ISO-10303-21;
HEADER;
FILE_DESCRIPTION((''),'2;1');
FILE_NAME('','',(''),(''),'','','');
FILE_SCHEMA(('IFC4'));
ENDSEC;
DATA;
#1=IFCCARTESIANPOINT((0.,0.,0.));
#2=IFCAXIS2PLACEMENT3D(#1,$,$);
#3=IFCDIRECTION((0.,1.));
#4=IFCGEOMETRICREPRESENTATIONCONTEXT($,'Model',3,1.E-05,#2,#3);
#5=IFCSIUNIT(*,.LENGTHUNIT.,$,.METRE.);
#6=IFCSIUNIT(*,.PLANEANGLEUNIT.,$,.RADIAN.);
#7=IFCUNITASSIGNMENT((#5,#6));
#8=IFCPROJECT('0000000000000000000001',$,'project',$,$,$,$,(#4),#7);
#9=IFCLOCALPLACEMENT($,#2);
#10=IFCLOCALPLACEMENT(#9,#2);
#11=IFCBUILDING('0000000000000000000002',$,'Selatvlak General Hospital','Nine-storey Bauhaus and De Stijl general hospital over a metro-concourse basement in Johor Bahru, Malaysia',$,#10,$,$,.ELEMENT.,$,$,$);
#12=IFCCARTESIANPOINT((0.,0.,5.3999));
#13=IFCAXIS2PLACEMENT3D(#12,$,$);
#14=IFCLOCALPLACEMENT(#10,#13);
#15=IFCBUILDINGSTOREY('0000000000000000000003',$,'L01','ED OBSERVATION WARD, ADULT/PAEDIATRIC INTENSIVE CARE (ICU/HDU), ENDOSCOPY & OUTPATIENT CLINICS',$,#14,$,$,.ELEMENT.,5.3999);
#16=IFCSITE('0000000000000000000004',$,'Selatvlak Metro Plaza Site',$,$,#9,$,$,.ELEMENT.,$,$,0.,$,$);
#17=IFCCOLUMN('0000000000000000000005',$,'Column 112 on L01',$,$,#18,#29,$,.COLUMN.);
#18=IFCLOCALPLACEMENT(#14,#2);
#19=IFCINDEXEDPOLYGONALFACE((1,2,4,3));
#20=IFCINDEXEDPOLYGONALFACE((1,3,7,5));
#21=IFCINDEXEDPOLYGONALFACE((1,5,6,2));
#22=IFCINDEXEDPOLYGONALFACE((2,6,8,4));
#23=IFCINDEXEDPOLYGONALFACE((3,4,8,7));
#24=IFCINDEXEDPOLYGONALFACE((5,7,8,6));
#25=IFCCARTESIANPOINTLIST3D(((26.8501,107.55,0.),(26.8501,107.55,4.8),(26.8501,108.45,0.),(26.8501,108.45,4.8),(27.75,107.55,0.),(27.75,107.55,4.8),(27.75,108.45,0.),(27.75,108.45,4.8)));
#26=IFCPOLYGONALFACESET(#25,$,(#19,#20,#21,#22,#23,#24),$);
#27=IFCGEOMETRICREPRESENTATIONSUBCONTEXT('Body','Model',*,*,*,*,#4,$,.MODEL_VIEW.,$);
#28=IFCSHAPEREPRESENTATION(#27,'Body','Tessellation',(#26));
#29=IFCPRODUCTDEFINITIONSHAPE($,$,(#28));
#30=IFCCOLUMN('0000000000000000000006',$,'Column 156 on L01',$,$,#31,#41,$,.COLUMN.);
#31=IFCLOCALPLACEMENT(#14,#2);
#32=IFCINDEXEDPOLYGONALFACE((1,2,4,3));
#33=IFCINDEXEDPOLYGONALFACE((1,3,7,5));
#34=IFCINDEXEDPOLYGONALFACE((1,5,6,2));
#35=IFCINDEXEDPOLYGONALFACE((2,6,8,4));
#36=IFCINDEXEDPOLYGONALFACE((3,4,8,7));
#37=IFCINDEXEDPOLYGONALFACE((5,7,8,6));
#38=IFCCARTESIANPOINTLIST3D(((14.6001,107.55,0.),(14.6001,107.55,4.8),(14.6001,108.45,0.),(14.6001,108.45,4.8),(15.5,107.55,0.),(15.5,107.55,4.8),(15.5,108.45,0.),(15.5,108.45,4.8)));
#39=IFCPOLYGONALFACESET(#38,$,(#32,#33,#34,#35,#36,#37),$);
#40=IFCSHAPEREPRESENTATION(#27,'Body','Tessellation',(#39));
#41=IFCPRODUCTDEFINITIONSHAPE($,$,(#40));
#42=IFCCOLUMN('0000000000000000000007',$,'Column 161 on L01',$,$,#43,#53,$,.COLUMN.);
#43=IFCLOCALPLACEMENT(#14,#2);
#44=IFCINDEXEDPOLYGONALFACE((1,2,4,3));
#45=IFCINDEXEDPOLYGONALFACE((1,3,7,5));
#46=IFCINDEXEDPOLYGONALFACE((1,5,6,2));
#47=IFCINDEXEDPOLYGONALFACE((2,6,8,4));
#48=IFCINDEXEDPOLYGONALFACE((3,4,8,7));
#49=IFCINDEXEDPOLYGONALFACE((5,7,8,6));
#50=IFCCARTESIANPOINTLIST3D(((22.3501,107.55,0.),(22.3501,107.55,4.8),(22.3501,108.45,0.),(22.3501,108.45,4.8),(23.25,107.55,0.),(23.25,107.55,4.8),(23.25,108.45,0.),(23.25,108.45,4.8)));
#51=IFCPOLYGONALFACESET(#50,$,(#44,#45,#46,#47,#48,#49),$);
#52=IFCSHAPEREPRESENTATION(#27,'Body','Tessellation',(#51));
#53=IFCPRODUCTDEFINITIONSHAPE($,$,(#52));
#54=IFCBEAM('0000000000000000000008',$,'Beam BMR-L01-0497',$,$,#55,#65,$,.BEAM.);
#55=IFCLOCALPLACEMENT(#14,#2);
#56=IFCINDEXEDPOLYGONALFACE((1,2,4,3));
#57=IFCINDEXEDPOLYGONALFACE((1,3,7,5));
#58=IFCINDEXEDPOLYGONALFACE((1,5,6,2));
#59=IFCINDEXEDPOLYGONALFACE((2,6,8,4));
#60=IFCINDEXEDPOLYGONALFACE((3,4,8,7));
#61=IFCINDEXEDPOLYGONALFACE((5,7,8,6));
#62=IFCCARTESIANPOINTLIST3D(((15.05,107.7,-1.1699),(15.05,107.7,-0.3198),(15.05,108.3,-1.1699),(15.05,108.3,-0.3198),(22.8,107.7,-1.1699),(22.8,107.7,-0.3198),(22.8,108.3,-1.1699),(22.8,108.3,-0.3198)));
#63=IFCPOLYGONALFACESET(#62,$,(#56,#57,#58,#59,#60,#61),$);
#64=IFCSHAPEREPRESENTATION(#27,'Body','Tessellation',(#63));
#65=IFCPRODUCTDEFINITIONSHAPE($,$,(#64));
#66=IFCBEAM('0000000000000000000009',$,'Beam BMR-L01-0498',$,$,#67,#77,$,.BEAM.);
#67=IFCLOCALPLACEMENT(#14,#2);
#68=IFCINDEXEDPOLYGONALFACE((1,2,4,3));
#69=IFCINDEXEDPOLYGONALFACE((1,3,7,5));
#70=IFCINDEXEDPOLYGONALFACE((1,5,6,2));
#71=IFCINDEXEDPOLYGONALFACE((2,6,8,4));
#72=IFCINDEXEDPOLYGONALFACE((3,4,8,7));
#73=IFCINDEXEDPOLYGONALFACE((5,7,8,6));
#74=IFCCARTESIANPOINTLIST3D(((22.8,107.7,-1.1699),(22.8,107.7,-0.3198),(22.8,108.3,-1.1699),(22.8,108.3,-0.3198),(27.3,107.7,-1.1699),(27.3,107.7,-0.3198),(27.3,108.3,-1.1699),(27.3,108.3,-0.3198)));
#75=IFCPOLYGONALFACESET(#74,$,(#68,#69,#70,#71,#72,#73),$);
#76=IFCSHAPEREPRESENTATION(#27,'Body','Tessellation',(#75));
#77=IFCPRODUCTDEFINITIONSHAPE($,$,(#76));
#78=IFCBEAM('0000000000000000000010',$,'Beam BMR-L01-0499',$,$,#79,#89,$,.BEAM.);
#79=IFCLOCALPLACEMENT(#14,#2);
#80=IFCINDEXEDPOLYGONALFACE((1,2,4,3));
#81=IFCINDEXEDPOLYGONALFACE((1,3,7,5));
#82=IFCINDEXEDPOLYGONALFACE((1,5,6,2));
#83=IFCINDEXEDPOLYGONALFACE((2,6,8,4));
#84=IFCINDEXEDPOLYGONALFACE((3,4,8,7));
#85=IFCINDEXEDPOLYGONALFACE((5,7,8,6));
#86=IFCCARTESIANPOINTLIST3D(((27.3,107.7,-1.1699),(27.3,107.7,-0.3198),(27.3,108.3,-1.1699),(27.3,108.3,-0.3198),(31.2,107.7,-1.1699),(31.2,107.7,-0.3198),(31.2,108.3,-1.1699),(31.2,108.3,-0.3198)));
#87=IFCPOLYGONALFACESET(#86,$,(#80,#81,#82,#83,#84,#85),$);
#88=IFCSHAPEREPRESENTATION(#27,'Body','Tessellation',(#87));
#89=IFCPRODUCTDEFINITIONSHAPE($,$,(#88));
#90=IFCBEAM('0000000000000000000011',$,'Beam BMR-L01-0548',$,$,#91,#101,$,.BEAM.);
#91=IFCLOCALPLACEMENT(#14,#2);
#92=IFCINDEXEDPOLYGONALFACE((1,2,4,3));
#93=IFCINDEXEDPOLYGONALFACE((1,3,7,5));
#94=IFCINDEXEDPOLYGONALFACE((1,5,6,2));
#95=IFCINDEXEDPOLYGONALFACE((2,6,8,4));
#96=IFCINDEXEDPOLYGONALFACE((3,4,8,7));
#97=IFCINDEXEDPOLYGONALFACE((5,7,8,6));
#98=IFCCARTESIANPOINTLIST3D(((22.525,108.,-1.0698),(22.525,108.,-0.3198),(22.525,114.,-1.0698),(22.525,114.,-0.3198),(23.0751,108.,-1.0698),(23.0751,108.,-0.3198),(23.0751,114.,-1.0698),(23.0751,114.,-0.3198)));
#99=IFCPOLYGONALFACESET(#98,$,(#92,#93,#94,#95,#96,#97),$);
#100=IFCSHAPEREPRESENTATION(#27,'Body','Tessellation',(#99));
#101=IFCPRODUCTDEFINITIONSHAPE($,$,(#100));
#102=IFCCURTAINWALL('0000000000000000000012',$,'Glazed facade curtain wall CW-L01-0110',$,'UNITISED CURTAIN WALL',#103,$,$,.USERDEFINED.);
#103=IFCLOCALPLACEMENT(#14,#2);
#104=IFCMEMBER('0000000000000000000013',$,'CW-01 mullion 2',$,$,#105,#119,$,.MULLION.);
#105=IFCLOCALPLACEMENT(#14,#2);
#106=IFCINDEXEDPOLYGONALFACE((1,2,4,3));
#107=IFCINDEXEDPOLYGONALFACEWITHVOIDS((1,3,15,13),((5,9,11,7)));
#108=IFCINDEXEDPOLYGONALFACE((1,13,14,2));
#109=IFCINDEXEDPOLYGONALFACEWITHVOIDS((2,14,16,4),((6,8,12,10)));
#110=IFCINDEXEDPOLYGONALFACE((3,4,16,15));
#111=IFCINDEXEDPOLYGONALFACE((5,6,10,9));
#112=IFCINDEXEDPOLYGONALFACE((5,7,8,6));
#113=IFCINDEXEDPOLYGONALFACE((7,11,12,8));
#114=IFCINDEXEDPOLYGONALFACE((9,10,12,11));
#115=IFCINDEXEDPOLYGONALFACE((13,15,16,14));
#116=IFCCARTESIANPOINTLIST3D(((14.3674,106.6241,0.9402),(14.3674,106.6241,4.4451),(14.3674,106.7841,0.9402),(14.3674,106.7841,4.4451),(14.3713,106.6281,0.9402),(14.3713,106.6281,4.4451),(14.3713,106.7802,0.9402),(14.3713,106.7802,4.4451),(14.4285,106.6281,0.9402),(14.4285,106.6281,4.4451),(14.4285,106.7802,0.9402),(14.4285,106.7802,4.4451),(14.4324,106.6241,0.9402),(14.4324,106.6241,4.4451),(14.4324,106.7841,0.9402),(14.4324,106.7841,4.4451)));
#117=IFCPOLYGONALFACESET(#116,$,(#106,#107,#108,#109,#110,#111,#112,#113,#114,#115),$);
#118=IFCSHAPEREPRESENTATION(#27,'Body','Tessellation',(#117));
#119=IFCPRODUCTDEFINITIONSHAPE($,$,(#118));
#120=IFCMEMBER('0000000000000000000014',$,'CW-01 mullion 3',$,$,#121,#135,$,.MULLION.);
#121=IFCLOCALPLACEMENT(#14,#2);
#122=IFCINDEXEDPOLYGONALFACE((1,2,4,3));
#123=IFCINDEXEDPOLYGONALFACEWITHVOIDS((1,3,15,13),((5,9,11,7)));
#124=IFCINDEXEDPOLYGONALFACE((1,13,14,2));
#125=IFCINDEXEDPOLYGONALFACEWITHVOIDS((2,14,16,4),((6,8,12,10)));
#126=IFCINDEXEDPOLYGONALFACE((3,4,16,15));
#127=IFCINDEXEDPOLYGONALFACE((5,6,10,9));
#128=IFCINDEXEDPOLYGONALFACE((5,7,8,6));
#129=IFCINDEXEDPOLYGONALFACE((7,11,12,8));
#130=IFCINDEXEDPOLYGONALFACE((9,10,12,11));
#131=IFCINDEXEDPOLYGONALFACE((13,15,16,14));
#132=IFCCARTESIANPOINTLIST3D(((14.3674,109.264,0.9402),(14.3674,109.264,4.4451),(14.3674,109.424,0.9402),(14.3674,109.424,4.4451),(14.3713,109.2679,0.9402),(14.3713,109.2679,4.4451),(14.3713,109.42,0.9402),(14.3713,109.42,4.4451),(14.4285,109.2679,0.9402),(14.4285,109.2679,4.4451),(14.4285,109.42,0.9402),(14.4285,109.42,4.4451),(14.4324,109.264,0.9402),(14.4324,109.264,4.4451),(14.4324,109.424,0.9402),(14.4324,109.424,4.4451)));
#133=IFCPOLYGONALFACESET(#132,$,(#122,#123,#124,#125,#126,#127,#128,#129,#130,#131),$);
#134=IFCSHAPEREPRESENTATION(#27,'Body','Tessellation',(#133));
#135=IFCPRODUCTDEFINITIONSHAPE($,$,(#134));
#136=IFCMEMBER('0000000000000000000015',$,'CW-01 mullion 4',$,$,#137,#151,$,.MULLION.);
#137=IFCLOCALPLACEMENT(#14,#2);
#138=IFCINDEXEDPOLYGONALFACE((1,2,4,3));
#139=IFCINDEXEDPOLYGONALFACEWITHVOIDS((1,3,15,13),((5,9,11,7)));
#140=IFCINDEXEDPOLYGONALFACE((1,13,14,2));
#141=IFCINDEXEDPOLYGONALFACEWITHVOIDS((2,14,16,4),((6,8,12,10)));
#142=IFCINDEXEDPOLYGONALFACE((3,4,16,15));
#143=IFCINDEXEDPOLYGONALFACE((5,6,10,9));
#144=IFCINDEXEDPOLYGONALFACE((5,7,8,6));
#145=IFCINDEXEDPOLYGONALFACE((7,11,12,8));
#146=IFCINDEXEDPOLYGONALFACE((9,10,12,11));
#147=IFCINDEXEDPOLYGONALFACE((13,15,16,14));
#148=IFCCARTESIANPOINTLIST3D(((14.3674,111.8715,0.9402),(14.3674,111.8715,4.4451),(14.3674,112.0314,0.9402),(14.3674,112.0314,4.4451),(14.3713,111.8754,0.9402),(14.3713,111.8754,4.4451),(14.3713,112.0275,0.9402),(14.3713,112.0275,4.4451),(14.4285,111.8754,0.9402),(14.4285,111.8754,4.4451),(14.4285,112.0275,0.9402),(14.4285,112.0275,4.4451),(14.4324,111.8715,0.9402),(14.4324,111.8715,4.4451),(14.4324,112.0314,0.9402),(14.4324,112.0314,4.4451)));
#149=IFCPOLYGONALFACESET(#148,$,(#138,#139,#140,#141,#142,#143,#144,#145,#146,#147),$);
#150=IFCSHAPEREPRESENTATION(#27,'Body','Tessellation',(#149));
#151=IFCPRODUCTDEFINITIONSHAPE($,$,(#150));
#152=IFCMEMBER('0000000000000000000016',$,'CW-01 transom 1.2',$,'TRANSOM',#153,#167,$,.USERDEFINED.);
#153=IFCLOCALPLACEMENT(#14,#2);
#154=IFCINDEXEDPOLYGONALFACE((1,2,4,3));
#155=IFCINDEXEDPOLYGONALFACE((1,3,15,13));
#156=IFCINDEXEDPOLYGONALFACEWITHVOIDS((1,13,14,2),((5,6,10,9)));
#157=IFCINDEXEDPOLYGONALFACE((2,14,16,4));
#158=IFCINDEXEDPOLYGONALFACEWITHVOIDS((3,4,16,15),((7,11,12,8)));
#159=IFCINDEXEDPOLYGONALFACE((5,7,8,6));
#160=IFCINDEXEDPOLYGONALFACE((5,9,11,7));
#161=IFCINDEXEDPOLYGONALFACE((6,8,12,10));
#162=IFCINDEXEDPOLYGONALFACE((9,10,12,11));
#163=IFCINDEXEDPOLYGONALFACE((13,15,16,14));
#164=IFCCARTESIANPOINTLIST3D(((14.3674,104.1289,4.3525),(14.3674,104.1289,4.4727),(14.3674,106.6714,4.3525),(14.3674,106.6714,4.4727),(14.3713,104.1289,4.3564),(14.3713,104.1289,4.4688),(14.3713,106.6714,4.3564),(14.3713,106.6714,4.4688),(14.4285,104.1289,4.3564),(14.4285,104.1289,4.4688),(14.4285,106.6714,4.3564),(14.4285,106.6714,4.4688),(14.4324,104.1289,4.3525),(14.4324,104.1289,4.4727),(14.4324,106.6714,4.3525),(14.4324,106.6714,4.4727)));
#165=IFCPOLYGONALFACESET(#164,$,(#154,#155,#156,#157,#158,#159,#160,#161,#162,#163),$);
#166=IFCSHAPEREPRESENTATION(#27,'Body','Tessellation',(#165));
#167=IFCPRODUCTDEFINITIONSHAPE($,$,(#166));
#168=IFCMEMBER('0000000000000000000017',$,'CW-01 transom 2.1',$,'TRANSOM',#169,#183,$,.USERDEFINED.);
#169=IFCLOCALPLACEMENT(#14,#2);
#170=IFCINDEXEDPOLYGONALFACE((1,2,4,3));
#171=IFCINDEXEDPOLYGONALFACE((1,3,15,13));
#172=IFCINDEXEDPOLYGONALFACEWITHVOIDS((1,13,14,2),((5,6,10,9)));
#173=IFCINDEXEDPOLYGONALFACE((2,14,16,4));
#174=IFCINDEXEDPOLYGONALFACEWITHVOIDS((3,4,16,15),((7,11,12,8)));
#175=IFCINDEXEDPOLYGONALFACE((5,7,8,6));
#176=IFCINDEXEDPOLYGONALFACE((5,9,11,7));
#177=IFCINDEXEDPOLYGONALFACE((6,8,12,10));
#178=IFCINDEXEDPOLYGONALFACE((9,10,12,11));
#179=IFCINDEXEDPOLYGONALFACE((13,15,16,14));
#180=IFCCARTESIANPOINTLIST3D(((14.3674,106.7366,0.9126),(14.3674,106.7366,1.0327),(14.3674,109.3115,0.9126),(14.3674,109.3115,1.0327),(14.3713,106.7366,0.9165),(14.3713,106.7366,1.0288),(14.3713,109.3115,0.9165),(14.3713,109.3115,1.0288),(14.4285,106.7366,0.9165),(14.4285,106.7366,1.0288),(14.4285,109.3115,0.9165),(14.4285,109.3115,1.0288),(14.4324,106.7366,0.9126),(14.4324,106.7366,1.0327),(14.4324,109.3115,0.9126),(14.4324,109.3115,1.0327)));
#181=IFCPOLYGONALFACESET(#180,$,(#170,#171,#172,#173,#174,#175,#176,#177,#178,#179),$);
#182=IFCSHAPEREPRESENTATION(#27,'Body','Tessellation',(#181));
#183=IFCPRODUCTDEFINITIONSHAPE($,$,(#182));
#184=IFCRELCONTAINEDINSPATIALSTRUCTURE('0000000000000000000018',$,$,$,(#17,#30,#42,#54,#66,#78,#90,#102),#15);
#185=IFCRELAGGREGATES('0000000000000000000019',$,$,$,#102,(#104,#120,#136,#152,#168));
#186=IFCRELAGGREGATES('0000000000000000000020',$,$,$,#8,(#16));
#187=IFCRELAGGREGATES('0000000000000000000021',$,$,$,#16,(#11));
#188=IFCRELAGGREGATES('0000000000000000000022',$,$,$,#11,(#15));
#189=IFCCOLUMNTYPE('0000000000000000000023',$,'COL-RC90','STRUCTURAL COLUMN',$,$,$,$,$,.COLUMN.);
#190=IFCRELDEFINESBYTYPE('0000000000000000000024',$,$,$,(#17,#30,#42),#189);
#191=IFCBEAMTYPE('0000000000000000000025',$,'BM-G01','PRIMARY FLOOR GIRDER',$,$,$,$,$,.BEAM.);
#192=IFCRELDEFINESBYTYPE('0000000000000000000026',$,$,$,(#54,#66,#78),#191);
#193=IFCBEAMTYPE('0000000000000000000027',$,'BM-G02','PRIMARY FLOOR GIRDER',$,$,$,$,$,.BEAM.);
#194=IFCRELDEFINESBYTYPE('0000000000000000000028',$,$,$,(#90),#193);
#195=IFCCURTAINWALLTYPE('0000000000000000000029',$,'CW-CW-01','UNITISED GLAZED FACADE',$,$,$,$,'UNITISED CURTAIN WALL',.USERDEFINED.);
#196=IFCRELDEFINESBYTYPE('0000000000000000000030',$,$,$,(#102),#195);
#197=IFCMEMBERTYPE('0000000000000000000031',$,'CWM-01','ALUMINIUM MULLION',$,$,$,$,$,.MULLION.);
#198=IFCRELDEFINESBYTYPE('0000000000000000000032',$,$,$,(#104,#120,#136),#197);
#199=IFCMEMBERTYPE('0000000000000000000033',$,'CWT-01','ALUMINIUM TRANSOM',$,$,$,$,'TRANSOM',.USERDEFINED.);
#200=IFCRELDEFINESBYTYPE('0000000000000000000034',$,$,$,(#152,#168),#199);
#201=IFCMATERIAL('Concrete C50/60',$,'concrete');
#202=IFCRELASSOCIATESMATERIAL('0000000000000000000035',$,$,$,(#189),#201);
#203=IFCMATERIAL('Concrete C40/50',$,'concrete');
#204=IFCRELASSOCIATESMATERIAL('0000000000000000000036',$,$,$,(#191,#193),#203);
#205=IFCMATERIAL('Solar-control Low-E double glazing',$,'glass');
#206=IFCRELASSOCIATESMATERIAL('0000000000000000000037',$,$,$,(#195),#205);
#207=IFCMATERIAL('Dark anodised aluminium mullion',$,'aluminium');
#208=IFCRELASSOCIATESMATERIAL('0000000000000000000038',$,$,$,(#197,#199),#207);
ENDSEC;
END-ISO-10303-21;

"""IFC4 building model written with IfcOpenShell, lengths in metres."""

from ifc_helpers import new_model, si_unit, direction, frame, origin, origin_2d, place, context, subcontext, project, spatial, rectangle, hollow_rectangle, extrude, material, material_profile, profile_set, type_object, element, aggregate, save


model = new_model("IFC4")

# Units and contexts
model_context = context("Model", 3, precision=1e-05, world=origin(), true_north=direction((0.0, 1.0)))
body_context = subcontext(model_context, "Body", "Model", "MODEL_VIEW")
ifc_project = project(units=[si_unit("LENGTHUNIT", "METRE"), si_unit("PLANEANGLEUNIT", "RADIAN")], contexts=[model_context])

# Site, building, storey
site_placement = place(None, origin())
site = spatial("IfcSite", under=ifc_project, at=site_placement, Name="Selatvlak Metro Plaza Site", CompositionType="ELEMENT", RefElevation=0.0)
building_placement = place(site_placement, origin())
building = spatial("IfcBuilding", under=site, at=building_placement, Name="Selatvlak General Hospital", Description="Nine-storey Bauhaus and De Stijl general hospital over a metro-concourse basement in Johor Bahru, Malaysia", CompositionType="ELEMENT")
storey_placement = place(building_placement, frame((0.0, 0.0, 5.3999)))
storey = spatial("IfcBuildingStorey", under=building, at=storey_placement, Name="L01", Description="ED OBSERVATION WARD, ADULT/PAEDIATRIC INTENSIVE CARE (ICU/HDU), ENDOSCOPY & OUTPATIENT CLINICS", CompositionType="ELEMENT", Elevation=5.3999)

# Columns
ifc_material_1 = material(Name="Concrete C50/60", Category="concrete")
ifc_material_profile_1 = material_profile(ifc_material_1, rectangle(XDim=0.8999, YDim=0.8999, at=origin_2d()), Name="RC-COL 900x900")
ifc_profile_set_1 = profile_set([ifc_material_profile_1], Name="Concrete C50/60")
column_type = type_object("IfcColumnType", Name="COL-RC90", Description="STRUCTURAL COLUMN", PredefinedType="COLUMN", material=ifc_profile_set_1)
for number, where, z_axis, x_axis, name in (
    (1, (27.3, 108.0, 0.0), (0.0, 0.0, 1.0), (1.0, 0.0, 0.0), "Column 112 on L01"),
    (2, (15.05, 108.0, 0.0), (0.0, 0.0, 1.0), (1.0, 0.0, 0.0), "Column 156 on L01"),
    (3, (22.8, 108.0, 0.0), (0.0, 0.0, 1.0), (1.0, 0.0, 0.0), "Column 161 on L01"),
):
    element("IfcColumn", number, at=place(storey_placement, frame(where, z_axis=z_axis, x_axis=x_axis)), inside=storey, type_object=column_type, Name=name, PredefinedType="COLUMN", context=body_context, shape_type="SweptSolid", body=[
        extrude(rectangle(XDim=0.8999, YDim=0.8999, at=origin_2d()), origin(), (0.0, 0.0, 1.0), 4.8),
    ])

# Beams
ifc_material_2 = material(Name="Concrete C40/50", Category="concrete")
ifc_material_profile_2 = material_profile(ifc_material_2, rectangle(XDim=0.6001, YDim=0.8501, at=origin_2d()), Name="RC-BM 600x850")
ifc_profile_set_2 = profile_set([ifc_material_profile_2], Name="Concrete C40/50")
beam_type_1 = type_object("IfcBeamType", Name="BM-G01", Description="PRIMARY FLOOR GIRDER", PredefinedType="BEAM", material=ifc_profile_set_2)
beam_1_placement = place(storey_placement, frame((15.05, 108.0, -0.7449), z_axis=(1.0, 0.0, 0.0), x_axis=(0.0, 1.0, 0.0)))
element("IfcBeam", 4, at=beam_1_placement, inside=storey, type_object=beam_type_1, Name="Beam BMR-L01-0497", PredefinedType="BEAM", context=body_context, shape_type="SweptSolid", body=[
    extrude(rectangle(XDim=0.6001, YDim=0.8501, at=origin_2d()), origin(), (0.0, 0.0, 1.0), 7.75),
])
beam_2_placement = place(storey_placement, frame((22.8, 108.0, -0.7449), z_axis=(1.0, 0.0, 0.0), x_axis=(0.0, 1.0, 0.0)))
element("IfcBeam", 5, at=beam_2_placement, inside=storey, type_object=beam_type_1, Name="Beam BMR-L01-0498", PredefinedType="BEAM", context=body_context, shape_type="SweptSolid", body=[
    extrude(rectangle(XDim=0.6001, YDim=0.8501, at=origin_2d()), origin(), (0.0, 0.0, 1.0), 4.5),
])
beam_3_placement = place(storey_placement, frame((27.3, 108.0, -0.7449), z_axis=(1.0, 0.0, 0.0), x_axis=(0.0, 1.0, 0.0)))
element("IfcBeam", 6, at=beam_3_placement, inside=storey, type_object=beam_type_1, Name="Beam BMR-L01-0499", PredefinedType="BEAM", context=body_context, shape_type="SweptSolid", body=[
    extrude(rectangle(XDim=0.6001, YDim=0.8501, at=origin_2d()), origin(), (0.0, 0.0, 1.0), 3.8999),
])
ifc_material_profile_3 = material_profile(ifc_material_2, rectangle(XDim=0.55, YDim=0.75, at=origin_2d()), Name="RC-BM 550x750")
ifc_profile_set_3 = profile_set([ifc_material_profile_3], Name="Concrete C40/50")
beam_type_2 = type_object("IfcBeamType", Name="BM-G02", Description="PRIMARY FLOOR GIRDER", PredefinedType="BEAM", material=ifc_profile_set_3)
beam_4_placement = place(storey_placement, frame((22.8, 108.0, -0.6948), z_axis=(0.0, 1.0, 0.0), x_axis=(-1.0, 0.0, 0.0)))
element("IfcBeam", 7, at=beam_4_placement, inside=storey, type_object=beam_type_2, Name="Beam BMR-L01-0548", PredefinedType="BEAM", context=body_context, shape_type="SweptSolid", body=[
    extrude(rectangle(XDim=0.55, YDim=0.75, at=origin_2d()), origin(), (0.0, 0.0, 1.0), 6.0),
])

# Curtain wall, members
ifc_material_3 = material(Name="Solar-control Low-E double glazing", Category="glass")
curtain_wall_type = type_object("IfcCurtainWallType", Name="CW-CW-01", Description="UNITISED GLAZED FACADE", ElementType="UNITISED CURTAIN WALL", PredefinedType="USERDEFINED", material=ifc_material_3)
curtain_wall_placement = place(storey_placement, origin())
curtain_wall = element("IfcCurtainWall", 8, at=curtain_wall_placement, inside=storey, type_object=curtain_wall_type, Name="Glazed facade curtain wall CW-L01-0110", ObjectType="UNITISED CURTAIN WALL", PredefinedType="USERDEFINED")
ifc_material_4 = material(Name="Dark anodised aluminium mullion", Category="aluminium")
ifc_material_profile_4 = material_profile(ifc_material_4, hollow_rectangle(XDim=0.0649, YDim=0.1599, WallThickness=0.0039, at=origin_2d()), Name="AL-MUL 65x160x4")
ifc_profile_set_4 = profile_set([ifc_material_profile_4], Name="Dark anodised aluminium mullion")
member_type_1 = type_object("IfcMemberType", Name="CWM-01", Description="ALUMINIUM MULLION", PredefinedType="MULLION", material=ifc_profile_set_4)
member_1_placement = place(storey_placement, frame((14.3999, 106.7041, 0.9402), z_axis=(0.0, 0.0, 1.0), x_axis=(-1.0, 0.0, 0.0)))
member_1 = element("IfcMember", 9, at=member_1_placement, type_object=member_type_1, Name="CW-01 mullion 2", PredefinedType="MULLION", context=body_context, shape_type="SweptSolid", body=[
    extrude(hollow_rectangle(XDim=0.0649, YDim=0.1599, WallThickness=0.0039, at=origin_2d()), origin(), (0.0, 0.0, 1.0), 3.5049),
])
member_2_placement = place(storey_placement, frame((14.3999, 109.344, 0.9402), z_axis=(0.0, 0.0, 1.0), x_axis=(-1.0, 0.0, 0.0)))
member_2 = element("IfcMember", 10, at=member_2_placement, type_object=member_type_1, Name="CW-01 mullion 3", PredefinedType="MULLION", context=body_context, shape_type="SweptSolid", body=[
    extrude(hollow_rectangle(XDim=0.0649, YDim=0.1599, WallThickness=0.0039, at=origin_2d()), origin(), (0.0, 0.0, 1.0), 3.5049),
])
member_3_placement = place(storey_placement, frame((14.3999, 111.9514, 0.9402), z_axis=(0.0, 0.0, 1.0), x_axis=(-1.0, 0.0, 0.0)))
member_3 = element("IfcMember", 11, at=member_3_placement, type_object=member_type_1, Name="CW-01 mullion 4", PredefinedType="MULLION", context=body_context, shape_type="SweptSolid", body=[
    extrude(hollow_rectangle(XDim=0.0649, YDim=0.1599, WallThickness=0.0039, at=origin_2d()), origin(), (0.0, 0.0, 1.0), 3.5049),
])
ifc_material_profile_5 = material_profile(ifc_material_4, hollow_rectangle(XDim=0.0649, YDim=0.1201, WallThickness=0.0039, at=origin_2d()), Name="AL-TRN 65x120x4")
ifc_profile_set_5 = profile_set([ifc_material_profile_5], Name="Dark anodised aluminium mullion")
member_type_2 = type_object("IfcMemberType", Name="CWT-01", Description="ALUMINIUM TRANSOM", ElementType="TRANSOM", PredefinedType="USERDEFINED", material=ifc_profile_set_5)
member_4_placement = place(storey_placement, frame((14.3999, 104.1289, 4.4126), z_axis=(0.0, 1.0, 0.0), x_axis=(-1.0, 0.0, 0.0)))
member_4 = element("IfcMember", 12, at=member_4_placement, type_object=member_type_2, Name="CW-01 transom 1.2", ObjectType="TRANSOM", PredefinedType="USERDEFINED", context=body_context, shape_type="SweptSolid", body=[
    extrude(hollow_rectangle(XDim=0.0649, YDim=0.1201, WallThickness=0.0039, at=origin_2d()), origin(), (0.0, 0.0, 1.0), 2.5425),
])
member_5_placement = place(storey_placement, frame((14.3999, 106.7366, 0.9727), z_axis=(0.0, 1.0, 0.0), x_axis=(-1.0, 0.0, 0.0)))
member_5 = element("IfcMember", 13, at=member_5_placement, type_object=member_type_2, Name="CW-01 transom 2.1", ObjectType="TRANSOM", PredefinedType="USERDEFINED", context=body_context, shape_type="SweptSolid", body=[
    extrude(hollow_rectangle(XDim=0.0649, YDim=0.1201, WallThickness=0.0039, at=origin_2d()), origin(), (0.0, 0.0, 1.0), 2.575),
])
aggregate(curtain_wall, [member_1, member_2, member_3, member_4, member_5])

save(model, "model.ifc")
